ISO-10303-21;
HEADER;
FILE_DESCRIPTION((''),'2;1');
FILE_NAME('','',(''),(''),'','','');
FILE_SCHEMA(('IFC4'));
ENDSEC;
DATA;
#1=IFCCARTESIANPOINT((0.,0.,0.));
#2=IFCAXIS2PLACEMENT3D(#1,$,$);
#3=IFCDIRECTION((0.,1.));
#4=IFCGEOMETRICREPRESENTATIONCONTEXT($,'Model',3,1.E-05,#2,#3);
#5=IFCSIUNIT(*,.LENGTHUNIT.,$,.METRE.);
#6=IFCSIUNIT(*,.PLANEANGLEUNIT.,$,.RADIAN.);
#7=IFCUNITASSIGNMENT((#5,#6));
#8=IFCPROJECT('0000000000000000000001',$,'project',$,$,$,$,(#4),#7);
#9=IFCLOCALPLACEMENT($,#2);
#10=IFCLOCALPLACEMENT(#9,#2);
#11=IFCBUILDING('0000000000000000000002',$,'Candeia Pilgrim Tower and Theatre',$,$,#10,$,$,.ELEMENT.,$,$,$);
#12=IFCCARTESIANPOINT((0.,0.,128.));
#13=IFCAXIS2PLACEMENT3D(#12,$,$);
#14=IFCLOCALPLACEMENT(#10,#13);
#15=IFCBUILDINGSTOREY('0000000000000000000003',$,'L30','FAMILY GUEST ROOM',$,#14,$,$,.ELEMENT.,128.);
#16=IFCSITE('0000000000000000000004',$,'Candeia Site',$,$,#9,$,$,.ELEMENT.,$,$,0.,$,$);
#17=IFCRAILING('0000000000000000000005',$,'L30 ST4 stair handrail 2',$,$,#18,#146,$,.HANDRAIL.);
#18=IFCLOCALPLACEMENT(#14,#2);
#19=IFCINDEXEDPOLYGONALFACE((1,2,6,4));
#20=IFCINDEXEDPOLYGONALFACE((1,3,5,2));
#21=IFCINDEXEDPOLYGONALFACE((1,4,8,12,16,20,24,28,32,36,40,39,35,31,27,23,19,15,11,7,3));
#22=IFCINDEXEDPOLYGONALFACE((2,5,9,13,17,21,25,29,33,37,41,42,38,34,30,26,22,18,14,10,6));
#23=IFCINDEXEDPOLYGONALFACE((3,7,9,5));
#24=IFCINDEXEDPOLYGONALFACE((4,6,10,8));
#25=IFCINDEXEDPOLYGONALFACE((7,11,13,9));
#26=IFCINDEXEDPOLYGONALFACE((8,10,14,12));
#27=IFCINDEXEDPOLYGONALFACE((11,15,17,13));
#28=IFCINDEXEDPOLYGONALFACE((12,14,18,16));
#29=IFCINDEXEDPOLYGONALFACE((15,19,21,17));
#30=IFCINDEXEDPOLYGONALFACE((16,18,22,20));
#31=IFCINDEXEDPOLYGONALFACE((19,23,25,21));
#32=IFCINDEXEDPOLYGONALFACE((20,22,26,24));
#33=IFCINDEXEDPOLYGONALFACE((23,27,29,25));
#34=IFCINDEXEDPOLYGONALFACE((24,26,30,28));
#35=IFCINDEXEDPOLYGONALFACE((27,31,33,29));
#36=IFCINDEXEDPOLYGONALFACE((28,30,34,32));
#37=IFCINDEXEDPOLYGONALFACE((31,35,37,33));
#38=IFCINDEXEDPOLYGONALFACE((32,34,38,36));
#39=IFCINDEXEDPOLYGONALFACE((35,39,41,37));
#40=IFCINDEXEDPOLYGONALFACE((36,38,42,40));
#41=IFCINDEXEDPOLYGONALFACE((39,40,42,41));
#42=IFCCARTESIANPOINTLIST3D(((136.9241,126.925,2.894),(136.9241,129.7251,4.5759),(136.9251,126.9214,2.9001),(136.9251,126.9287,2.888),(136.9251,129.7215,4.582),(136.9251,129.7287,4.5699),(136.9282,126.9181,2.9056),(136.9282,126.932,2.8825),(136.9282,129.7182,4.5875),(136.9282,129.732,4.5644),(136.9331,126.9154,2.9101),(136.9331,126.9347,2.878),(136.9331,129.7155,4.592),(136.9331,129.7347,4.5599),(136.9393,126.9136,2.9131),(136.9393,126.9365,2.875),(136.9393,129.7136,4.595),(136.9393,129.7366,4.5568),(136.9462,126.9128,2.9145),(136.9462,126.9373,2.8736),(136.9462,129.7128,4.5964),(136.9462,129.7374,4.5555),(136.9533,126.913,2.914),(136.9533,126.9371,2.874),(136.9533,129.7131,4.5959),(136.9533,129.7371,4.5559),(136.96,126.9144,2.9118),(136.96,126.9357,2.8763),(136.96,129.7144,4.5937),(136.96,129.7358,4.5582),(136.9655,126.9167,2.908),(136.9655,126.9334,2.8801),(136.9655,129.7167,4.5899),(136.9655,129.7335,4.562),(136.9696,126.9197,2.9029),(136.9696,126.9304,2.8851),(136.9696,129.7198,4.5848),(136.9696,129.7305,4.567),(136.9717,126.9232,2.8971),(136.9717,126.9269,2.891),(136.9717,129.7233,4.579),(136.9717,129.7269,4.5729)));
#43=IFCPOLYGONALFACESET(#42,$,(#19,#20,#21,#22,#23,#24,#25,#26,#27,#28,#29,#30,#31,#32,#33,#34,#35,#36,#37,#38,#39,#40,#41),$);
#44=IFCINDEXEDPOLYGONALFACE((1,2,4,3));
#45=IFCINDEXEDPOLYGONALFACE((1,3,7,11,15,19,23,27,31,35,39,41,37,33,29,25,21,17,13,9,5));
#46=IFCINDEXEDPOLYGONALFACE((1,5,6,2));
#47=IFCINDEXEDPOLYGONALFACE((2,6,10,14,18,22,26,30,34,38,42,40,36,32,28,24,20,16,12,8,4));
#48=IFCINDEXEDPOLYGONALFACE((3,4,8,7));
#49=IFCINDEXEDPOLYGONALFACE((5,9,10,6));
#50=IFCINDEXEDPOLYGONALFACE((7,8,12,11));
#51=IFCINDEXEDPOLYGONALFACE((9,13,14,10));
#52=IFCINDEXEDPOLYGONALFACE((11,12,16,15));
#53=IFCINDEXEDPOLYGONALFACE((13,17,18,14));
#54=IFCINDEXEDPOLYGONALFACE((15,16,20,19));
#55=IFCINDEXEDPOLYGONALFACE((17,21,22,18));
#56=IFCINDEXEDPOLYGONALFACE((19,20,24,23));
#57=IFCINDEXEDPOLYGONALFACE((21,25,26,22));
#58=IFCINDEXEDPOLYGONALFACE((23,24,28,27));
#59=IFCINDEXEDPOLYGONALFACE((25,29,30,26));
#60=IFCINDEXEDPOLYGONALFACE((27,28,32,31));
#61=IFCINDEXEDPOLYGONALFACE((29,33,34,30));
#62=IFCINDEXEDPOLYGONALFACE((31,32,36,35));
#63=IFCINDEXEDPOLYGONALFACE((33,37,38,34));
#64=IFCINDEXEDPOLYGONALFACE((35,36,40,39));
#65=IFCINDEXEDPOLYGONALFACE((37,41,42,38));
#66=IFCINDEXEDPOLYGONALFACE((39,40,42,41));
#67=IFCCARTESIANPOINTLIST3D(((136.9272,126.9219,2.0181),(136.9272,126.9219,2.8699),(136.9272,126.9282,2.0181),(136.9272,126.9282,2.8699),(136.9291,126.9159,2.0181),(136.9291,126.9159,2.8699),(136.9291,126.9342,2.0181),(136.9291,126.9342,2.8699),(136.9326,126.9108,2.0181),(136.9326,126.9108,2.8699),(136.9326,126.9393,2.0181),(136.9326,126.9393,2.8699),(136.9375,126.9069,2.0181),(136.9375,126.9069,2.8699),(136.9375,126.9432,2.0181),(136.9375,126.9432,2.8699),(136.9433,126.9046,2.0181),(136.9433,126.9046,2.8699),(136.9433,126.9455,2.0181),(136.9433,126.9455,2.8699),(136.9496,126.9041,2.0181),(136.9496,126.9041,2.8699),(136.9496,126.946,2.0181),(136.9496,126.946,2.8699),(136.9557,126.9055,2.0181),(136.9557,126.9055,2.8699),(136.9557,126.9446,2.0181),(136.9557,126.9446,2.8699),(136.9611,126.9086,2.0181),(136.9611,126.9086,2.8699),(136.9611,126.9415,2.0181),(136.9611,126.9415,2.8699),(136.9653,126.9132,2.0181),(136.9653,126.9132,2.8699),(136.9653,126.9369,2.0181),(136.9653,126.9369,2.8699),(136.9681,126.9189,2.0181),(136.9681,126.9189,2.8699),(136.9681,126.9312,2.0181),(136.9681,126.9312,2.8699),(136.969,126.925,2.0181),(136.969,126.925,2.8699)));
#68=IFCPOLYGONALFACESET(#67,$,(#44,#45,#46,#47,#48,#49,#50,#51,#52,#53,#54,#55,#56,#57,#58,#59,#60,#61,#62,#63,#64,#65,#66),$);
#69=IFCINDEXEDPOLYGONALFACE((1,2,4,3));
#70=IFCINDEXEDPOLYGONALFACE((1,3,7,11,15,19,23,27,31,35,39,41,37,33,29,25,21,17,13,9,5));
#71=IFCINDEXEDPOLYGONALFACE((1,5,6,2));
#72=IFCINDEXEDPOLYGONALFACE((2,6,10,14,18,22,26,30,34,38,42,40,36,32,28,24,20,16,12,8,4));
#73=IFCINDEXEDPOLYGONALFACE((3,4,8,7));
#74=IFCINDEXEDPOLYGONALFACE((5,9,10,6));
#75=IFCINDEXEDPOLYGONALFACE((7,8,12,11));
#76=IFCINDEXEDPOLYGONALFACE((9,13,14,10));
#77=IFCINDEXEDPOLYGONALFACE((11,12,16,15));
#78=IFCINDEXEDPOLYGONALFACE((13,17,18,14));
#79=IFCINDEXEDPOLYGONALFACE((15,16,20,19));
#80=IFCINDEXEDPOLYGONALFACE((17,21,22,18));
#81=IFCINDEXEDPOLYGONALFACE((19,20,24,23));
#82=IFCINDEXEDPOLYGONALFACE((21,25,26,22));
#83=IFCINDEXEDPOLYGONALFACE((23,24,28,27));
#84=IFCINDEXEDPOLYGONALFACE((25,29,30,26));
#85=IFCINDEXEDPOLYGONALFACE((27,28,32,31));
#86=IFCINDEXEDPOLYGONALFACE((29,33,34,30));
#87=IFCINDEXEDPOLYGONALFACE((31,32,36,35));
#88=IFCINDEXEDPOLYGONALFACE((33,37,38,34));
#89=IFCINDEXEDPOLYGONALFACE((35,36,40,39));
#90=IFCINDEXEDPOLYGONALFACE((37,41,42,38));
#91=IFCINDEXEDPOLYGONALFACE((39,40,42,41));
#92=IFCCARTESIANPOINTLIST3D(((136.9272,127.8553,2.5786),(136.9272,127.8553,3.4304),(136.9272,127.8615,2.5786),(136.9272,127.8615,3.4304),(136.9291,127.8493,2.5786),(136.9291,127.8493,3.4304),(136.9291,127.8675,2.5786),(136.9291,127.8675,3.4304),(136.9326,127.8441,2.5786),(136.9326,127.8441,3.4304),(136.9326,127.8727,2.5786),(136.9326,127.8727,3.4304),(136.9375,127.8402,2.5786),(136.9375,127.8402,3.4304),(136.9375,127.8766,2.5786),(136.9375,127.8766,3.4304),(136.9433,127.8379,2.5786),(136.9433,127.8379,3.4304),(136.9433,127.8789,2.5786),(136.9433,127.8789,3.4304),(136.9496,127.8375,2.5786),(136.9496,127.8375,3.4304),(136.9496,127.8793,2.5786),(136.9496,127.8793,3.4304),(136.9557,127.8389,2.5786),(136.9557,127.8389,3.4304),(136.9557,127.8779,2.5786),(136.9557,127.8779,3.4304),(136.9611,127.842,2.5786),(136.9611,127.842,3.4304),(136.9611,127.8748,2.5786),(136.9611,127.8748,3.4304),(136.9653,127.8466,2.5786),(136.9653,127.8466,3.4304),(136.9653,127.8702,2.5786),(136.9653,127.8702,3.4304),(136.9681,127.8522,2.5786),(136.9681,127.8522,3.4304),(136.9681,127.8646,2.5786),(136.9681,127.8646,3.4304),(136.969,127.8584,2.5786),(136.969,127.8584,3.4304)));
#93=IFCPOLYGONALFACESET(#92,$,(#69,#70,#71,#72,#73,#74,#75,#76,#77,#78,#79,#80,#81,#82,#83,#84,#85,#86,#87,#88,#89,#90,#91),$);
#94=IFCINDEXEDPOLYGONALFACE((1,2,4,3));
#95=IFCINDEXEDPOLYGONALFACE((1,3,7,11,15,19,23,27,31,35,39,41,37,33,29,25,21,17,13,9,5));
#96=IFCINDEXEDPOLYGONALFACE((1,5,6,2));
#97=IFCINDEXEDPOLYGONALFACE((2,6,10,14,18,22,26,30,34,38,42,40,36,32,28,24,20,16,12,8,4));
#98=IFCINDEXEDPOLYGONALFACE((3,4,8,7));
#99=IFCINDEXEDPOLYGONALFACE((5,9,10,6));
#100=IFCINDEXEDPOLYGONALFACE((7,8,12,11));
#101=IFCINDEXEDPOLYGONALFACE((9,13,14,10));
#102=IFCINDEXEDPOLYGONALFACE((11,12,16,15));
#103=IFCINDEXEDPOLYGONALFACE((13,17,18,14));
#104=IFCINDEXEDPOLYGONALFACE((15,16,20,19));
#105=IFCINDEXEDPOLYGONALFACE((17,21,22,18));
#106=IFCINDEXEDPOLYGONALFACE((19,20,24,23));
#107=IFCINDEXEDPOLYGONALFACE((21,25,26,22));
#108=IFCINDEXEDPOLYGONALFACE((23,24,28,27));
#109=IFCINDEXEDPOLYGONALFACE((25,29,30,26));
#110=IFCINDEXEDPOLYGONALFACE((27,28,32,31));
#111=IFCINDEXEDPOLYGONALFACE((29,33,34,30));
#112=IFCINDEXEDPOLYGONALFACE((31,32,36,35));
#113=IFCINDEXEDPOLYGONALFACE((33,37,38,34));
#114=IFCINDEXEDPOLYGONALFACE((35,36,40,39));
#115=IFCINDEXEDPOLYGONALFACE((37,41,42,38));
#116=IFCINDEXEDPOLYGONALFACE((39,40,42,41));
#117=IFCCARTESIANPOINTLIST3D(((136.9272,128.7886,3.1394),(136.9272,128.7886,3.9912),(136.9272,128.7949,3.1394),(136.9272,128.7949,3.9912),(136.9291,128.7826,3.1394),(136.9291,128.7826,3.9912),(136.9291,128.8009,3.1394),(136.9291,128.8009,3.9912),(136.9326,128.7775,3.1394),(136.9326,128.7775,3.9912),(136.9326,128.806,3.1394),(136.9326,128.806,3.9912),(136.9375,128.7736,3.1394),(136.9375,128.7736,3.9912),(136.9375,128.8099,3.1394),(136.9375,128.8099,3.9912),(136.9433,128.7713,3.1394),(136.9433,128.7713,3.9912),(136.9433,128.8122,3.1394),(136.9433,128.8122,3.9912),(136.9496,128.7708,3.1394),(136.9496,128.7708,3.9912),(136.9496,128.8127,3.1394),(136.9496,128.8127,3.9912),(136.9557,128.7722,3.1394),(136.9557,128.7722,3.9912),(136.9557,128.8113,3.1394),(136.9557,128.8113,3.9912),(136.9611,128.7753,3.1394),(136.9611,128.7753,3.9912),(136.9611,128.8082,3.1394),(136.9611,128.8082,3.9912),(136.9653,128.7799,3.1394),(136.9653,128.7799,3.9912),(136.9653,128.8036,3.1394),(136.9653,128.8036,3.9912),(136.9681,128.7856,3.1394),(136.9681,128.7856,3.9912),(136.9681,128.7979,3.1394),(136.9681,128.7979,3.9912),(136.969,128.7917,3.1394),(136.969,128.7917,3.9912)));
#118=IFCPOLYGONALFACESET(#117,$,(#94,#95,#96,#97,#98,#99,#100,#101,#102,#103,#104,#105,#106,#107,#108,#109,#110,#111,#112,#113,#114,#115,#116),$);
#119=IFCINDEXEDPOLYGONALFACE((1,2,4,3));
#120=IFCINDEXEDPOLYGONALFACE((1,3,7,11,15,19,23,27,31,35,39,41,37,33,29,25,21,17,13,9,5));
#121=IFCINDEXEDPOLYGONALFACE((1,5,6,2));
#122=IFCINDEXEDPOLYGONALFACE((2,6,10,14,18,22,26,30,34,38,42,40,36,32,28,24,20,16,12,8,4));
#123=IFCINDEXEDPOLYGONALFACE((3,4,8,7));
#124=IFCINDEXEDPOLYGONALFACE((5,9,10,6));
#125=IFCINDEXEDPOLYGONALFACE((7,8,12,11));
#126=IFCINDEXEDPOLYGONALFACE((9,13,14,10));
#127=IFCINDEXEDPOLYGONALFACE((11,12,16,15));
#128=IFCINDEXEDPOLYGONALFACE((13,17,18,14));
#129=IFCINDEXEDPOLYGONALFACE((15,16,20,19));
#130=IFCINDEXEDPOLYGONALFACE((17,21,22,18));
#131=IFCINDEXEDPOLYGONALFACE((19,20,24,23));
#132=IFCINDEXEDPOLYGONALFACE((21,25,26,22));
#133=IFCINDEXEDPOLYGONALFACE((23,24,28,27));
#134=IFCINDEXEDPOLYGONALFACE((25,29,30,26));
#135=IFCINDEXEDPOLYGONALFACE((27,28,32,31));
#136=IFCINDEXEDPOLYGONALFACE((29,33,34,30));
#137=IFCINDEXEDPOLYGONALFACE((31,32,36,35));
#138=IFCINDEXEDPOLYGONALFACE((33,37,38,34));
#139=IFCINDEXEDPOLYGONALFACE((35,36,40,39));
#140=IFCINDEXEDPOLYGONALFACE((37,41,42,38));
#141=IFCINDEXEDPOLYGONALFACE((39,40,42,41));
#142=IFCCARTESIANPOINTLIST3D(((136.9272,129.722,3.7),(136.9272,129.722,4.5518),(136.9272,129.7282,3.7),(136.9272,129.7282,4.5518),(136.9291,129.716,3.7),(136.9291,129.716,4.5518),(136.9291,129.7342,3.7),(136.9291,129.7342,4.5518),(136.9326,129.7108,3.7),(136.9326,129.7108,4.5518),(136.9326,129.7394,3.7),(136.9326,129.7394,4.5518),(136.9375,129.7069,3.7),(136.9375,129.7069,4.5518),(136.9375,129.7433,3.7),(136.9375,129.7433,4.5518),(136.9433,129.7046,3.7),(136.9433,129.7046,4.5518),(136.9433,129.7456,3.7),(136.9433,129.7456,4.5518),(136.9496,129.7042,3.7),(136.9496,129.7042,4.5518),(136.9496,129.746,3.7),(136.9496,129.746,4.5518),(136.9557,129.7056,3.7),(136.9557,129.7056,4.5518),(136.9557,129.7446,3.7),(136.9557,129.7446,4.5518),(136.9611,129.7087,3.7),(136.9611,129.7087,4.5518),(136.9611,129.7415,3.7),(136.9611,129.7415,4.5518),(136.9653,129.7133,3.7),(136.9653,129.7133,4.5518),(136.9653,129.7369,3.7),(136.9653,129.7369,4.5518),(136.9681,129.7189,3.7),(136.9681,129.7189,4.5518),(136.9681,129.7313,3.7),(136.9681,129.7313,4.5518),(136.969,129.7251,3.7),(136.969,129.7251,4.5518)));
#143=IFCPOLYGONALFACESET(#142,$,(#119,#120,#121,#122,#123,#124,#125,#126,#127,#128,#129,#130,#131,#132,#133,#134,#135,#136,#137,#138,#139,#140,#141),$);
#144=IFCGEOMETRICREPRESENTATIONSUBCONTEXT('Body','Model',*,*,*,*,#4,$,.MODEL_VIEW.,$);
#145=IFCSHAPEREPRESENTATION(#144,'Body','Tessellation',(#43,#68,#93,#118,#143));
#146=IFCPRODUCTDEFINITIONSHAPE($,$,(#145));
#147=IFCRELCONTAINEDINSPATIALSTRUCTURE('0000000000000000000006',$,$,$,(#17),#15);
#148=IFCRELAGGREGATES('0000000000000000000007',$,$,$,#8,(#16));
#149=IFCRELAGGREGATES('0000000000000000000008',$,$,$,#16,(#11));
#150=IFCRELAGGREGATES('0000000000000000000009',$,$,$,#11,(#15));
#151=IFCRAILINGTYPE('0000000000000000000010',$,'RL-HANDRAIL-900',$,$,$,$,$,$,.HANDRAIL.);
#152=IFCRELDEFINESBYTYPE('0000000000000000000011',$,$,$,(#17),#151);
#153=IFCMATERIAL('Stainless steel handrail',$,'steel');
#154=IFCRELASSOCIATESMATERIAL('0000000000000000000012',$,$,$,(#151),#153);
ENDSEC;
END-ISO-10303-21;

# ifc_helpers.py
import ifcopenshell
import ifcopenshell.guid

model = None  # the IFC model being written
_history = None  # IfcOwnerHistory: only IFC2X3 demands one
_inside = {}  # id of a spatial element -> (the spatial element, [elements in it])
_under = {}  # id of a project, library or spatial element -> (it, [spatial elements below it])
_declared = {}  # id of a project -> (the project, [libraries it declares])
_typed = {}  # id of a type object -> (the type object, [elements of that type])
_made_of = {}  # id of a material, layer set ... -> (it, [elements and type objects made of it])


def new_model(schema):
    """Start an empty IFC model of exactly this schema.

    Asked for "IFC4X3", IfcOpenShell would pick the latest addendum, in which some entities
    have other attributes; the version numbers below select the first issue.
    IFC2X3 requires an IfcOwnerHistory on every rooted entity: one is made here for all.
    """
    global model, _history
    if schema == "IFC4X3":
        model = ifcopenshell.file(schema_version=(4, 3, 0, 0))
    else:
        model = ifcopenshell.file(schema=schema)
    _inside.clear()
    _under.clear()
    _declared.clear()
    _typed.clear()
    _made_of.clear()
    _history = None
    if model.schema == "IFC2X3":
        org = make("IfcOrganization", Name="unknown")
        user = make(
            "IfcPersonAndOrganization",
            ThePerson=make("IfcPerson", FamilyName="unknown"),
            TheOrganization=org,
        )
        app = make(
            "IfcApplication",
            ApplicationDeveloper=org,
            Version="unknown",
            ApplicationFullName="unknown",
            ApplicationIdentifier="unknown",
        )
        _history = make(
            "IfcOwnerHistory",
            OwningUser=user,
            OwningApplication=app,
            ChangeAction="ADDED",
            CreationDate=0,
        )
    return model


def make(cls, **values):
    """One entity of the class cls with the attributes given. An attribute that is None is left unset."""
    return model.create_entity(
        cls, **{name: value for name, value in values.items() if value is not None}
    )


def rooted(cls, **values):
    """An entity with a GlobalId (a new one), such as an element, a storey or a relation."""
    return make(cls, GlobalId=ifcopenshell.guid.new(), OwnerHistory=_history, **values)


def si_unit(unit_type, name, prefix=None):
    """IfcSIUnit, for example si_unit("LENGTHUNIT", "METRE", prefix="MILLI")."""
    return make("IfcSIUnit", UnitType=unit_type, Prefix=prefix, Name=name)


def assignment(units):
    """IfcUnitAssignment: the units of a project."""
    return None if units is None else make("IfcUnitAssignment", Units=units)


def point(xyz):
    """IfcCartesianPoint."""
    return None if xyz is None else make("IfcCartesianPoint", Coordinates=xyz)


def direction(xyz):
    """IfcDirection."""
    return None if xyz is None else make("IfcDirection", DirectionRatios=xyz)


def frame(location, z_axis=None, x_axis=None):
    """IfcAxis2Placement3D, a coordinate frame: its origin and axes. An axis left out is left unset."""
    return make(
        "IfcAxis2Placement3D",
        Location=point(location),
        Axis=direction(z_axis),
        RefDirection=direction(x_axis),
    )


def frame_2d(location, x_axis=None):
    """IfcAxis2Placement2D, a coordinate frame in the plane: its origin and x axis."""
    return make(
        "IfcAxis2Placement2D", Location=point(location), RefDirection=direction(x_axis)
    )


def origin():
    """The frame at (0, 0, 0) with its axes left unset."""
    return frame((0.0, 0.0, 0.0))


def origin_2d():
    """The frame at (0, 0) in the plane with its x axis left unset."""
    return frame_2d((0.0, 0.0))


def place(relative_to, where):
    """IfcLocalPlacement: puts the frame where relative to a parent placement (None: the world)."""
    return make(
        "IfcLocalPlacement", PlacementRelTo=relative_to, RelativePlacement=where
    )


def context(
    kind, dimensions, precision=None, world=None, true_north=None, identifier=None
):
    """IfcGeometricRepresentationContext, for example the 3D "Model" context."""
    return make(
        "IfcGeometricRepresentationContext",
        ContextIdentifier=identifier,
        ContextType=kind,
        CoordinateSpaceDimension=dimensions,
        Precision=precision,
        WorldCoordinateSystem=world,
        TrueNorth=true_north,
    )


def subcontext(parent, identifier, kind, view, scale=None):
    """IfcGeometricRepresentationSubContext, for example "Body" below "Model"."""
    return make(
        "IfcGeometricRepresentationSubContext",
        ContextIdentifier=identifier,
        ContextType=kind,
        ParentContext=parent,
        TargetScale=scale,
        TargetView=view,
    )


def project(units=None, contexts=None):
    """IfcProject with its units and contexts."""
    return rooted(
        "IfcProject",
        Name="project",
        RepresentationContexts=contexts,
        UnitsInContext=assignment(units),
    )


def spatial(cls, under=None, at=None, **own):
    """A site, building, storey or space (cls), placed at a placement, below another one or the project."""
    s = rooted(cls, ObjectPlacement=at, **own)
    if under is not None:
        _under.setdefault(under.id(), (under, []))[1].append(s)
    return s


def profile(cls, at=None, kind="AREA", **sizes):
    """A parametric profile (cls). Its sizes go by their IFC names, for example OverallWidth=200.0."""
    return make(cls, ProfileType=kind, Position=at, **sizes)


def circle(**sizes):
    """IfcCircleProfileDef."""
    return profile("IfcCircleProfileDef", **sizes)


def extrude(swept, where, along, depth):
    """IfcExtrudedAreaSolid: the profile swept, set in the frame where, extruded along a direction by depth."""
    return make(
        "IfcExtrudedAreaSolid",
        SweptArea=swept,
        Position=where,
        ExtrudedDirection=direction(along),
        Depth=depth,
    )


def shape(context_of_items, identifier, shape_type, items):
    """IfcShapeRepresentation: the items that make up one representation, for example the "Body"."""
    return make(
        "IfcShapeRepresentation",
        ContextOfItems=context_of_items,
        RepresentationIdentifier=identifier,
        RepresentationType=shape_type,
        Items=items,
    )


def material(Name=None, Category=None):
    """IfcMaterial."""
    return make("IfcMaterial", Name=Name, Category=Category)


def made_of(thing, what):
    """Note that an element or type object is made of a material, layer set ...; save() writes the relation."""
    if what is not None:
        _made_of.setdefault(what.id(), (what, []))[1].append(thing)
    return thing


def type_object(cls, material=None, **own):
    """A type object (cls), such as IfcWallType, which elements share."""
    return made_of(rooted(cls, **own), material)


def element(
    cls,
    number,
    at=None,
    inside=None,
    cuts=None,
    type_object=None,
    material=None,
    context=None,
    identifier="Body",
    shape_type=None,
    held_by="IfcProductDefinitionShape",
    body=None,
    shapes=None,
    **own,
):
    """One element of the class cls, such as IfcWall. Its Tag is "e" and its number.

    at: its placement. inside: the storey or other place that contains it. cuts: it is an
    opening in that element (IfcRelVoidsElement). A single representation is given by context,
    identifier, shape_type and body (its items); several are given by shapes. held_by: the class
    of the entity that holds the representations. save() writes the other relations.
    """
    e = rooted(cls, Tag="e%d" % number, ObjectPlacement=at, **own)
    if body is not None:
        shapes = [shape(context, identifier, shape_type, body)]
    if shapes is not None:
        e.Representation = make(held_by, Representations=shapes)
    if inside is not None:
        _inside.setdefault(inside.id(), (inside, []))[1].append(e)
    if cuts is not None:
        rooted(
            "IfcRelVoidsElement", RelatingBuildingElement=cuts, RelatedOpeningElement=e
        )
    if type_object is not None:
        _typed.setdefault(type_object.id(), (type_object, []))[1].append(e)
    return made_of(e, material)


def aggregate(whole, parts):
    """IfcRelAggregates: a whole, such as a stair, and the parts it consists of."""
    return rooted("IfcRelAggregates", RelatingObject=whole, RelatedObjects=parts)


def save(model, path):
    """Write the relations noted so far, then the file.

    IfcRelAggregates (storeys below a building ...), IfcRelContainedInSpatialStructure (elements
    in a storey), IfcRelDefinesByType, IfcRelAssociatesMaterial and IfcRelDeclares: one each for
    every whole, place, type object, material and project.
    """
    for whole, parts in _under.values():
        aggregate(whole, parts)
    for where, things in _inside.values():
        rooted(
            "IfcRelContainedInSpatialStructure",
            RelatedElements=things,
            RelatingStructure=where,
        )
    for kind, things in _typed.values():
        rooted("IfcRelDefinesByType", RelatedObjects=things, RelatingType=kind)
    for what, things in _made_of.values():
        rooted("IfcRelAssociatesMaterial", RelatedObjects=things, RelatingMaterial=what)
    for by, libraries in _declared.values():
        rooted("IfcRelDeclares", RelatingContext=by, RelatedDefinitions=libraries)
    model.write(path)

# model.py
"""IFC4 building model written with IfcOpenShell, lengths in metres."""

from ifc_helpers import new_model, si_unit, direction, frame, origin, origin_2d, place, context, subcontext, project, spatial, circle, extrude, material, type_object, element, save


model = new_model("IFC4")

# Units and contexts
model_context = context("Model", 3, precision=1e-05, world=origin(), true_north=direction((0.0, 1.0)))
body_context = subcontext(model_context, "Body", "Model", "MODEL_VIEW")
ifc_project = project(units=[si_unit("LENGTHUNIT", "METRE"), si_unit("PLANEANGLEUNIT", "RADIAN")], contexts=[model_context])

# Site, building, storey
site_placement = place(None, origin())
site = spatial("IfcSite", under=ifc_project, at=site_placement, Name="Candeia Site", CompositionType="ELEMENT", RefElevation=0.0)
building_placement = place(site_placement, origin())
building = spatial("IfcBuilding", under=site, at=building_placement, Name="Candeia Pilgrim Tower and Theatre", CompositionType="ELEMENT")
storey_placement = place(building_placement, frame((0.0, 0.0, 128.0)))
storey = spatial("IfcBuildingStorey", under=building, at=storey_placement, Name="L30", Description="FAMILY GUEST ROOM", CompositionType="ELEMENT", Elevation=128.0)

# Railing
ifc_material_1 = material(Name="Stainless steel handrail", Category="steel")
railing_type_1 = type_object("IfcRailingType", Name="RL-HANDRAIL-900", PredefinedType="HANDRAIL", material=ifc_material_1)
railing_1_placement = place(storey_placement, frame((136.948, 126.925, 2.0181)))
element("IfcRailing", 1, at=railing_1_placement, inside=storey, type_object=railing_type_1, Name="L30 ST4 stair handrail 2", PredefinedType="HANDRAIL", context=body_context, shape_type="SweptSolid", body=[
    extrude(circle(Radius=0.0239, at=origin_2d()), frame((0.0, 0.0, 0.876), z_axis=(0.0, 0.857242, 0.514913), x_axis=(-1.0, 0.0, 0.0)), (0.0, 0.0, 1.0), 3.2664),
    extrude(circle(Radius=0.021, at=origin_2d()), origin(), (0.0, 0.0, 1.0), 0.8518),
    extrude(circle(Radius=0.021, at=origin_2d()), frame((0.0, 0.9333, 0.5605)), (0.0, 0.0, 1.0), 0.8518),
    extrude(circle(Radius=0.021, at=origin_2d()), frame((0.0, 1.8667, 1.1213)), (0.0, 0.0, 1.0), 0.8518),
    extrude(circle(Radius=0.021, at=origin_2d()), frame((0.0, 2.8, 1.6819)), (0.0, 0.0, 1.0), 0.8518),
])

save(model, "model.ifc")
